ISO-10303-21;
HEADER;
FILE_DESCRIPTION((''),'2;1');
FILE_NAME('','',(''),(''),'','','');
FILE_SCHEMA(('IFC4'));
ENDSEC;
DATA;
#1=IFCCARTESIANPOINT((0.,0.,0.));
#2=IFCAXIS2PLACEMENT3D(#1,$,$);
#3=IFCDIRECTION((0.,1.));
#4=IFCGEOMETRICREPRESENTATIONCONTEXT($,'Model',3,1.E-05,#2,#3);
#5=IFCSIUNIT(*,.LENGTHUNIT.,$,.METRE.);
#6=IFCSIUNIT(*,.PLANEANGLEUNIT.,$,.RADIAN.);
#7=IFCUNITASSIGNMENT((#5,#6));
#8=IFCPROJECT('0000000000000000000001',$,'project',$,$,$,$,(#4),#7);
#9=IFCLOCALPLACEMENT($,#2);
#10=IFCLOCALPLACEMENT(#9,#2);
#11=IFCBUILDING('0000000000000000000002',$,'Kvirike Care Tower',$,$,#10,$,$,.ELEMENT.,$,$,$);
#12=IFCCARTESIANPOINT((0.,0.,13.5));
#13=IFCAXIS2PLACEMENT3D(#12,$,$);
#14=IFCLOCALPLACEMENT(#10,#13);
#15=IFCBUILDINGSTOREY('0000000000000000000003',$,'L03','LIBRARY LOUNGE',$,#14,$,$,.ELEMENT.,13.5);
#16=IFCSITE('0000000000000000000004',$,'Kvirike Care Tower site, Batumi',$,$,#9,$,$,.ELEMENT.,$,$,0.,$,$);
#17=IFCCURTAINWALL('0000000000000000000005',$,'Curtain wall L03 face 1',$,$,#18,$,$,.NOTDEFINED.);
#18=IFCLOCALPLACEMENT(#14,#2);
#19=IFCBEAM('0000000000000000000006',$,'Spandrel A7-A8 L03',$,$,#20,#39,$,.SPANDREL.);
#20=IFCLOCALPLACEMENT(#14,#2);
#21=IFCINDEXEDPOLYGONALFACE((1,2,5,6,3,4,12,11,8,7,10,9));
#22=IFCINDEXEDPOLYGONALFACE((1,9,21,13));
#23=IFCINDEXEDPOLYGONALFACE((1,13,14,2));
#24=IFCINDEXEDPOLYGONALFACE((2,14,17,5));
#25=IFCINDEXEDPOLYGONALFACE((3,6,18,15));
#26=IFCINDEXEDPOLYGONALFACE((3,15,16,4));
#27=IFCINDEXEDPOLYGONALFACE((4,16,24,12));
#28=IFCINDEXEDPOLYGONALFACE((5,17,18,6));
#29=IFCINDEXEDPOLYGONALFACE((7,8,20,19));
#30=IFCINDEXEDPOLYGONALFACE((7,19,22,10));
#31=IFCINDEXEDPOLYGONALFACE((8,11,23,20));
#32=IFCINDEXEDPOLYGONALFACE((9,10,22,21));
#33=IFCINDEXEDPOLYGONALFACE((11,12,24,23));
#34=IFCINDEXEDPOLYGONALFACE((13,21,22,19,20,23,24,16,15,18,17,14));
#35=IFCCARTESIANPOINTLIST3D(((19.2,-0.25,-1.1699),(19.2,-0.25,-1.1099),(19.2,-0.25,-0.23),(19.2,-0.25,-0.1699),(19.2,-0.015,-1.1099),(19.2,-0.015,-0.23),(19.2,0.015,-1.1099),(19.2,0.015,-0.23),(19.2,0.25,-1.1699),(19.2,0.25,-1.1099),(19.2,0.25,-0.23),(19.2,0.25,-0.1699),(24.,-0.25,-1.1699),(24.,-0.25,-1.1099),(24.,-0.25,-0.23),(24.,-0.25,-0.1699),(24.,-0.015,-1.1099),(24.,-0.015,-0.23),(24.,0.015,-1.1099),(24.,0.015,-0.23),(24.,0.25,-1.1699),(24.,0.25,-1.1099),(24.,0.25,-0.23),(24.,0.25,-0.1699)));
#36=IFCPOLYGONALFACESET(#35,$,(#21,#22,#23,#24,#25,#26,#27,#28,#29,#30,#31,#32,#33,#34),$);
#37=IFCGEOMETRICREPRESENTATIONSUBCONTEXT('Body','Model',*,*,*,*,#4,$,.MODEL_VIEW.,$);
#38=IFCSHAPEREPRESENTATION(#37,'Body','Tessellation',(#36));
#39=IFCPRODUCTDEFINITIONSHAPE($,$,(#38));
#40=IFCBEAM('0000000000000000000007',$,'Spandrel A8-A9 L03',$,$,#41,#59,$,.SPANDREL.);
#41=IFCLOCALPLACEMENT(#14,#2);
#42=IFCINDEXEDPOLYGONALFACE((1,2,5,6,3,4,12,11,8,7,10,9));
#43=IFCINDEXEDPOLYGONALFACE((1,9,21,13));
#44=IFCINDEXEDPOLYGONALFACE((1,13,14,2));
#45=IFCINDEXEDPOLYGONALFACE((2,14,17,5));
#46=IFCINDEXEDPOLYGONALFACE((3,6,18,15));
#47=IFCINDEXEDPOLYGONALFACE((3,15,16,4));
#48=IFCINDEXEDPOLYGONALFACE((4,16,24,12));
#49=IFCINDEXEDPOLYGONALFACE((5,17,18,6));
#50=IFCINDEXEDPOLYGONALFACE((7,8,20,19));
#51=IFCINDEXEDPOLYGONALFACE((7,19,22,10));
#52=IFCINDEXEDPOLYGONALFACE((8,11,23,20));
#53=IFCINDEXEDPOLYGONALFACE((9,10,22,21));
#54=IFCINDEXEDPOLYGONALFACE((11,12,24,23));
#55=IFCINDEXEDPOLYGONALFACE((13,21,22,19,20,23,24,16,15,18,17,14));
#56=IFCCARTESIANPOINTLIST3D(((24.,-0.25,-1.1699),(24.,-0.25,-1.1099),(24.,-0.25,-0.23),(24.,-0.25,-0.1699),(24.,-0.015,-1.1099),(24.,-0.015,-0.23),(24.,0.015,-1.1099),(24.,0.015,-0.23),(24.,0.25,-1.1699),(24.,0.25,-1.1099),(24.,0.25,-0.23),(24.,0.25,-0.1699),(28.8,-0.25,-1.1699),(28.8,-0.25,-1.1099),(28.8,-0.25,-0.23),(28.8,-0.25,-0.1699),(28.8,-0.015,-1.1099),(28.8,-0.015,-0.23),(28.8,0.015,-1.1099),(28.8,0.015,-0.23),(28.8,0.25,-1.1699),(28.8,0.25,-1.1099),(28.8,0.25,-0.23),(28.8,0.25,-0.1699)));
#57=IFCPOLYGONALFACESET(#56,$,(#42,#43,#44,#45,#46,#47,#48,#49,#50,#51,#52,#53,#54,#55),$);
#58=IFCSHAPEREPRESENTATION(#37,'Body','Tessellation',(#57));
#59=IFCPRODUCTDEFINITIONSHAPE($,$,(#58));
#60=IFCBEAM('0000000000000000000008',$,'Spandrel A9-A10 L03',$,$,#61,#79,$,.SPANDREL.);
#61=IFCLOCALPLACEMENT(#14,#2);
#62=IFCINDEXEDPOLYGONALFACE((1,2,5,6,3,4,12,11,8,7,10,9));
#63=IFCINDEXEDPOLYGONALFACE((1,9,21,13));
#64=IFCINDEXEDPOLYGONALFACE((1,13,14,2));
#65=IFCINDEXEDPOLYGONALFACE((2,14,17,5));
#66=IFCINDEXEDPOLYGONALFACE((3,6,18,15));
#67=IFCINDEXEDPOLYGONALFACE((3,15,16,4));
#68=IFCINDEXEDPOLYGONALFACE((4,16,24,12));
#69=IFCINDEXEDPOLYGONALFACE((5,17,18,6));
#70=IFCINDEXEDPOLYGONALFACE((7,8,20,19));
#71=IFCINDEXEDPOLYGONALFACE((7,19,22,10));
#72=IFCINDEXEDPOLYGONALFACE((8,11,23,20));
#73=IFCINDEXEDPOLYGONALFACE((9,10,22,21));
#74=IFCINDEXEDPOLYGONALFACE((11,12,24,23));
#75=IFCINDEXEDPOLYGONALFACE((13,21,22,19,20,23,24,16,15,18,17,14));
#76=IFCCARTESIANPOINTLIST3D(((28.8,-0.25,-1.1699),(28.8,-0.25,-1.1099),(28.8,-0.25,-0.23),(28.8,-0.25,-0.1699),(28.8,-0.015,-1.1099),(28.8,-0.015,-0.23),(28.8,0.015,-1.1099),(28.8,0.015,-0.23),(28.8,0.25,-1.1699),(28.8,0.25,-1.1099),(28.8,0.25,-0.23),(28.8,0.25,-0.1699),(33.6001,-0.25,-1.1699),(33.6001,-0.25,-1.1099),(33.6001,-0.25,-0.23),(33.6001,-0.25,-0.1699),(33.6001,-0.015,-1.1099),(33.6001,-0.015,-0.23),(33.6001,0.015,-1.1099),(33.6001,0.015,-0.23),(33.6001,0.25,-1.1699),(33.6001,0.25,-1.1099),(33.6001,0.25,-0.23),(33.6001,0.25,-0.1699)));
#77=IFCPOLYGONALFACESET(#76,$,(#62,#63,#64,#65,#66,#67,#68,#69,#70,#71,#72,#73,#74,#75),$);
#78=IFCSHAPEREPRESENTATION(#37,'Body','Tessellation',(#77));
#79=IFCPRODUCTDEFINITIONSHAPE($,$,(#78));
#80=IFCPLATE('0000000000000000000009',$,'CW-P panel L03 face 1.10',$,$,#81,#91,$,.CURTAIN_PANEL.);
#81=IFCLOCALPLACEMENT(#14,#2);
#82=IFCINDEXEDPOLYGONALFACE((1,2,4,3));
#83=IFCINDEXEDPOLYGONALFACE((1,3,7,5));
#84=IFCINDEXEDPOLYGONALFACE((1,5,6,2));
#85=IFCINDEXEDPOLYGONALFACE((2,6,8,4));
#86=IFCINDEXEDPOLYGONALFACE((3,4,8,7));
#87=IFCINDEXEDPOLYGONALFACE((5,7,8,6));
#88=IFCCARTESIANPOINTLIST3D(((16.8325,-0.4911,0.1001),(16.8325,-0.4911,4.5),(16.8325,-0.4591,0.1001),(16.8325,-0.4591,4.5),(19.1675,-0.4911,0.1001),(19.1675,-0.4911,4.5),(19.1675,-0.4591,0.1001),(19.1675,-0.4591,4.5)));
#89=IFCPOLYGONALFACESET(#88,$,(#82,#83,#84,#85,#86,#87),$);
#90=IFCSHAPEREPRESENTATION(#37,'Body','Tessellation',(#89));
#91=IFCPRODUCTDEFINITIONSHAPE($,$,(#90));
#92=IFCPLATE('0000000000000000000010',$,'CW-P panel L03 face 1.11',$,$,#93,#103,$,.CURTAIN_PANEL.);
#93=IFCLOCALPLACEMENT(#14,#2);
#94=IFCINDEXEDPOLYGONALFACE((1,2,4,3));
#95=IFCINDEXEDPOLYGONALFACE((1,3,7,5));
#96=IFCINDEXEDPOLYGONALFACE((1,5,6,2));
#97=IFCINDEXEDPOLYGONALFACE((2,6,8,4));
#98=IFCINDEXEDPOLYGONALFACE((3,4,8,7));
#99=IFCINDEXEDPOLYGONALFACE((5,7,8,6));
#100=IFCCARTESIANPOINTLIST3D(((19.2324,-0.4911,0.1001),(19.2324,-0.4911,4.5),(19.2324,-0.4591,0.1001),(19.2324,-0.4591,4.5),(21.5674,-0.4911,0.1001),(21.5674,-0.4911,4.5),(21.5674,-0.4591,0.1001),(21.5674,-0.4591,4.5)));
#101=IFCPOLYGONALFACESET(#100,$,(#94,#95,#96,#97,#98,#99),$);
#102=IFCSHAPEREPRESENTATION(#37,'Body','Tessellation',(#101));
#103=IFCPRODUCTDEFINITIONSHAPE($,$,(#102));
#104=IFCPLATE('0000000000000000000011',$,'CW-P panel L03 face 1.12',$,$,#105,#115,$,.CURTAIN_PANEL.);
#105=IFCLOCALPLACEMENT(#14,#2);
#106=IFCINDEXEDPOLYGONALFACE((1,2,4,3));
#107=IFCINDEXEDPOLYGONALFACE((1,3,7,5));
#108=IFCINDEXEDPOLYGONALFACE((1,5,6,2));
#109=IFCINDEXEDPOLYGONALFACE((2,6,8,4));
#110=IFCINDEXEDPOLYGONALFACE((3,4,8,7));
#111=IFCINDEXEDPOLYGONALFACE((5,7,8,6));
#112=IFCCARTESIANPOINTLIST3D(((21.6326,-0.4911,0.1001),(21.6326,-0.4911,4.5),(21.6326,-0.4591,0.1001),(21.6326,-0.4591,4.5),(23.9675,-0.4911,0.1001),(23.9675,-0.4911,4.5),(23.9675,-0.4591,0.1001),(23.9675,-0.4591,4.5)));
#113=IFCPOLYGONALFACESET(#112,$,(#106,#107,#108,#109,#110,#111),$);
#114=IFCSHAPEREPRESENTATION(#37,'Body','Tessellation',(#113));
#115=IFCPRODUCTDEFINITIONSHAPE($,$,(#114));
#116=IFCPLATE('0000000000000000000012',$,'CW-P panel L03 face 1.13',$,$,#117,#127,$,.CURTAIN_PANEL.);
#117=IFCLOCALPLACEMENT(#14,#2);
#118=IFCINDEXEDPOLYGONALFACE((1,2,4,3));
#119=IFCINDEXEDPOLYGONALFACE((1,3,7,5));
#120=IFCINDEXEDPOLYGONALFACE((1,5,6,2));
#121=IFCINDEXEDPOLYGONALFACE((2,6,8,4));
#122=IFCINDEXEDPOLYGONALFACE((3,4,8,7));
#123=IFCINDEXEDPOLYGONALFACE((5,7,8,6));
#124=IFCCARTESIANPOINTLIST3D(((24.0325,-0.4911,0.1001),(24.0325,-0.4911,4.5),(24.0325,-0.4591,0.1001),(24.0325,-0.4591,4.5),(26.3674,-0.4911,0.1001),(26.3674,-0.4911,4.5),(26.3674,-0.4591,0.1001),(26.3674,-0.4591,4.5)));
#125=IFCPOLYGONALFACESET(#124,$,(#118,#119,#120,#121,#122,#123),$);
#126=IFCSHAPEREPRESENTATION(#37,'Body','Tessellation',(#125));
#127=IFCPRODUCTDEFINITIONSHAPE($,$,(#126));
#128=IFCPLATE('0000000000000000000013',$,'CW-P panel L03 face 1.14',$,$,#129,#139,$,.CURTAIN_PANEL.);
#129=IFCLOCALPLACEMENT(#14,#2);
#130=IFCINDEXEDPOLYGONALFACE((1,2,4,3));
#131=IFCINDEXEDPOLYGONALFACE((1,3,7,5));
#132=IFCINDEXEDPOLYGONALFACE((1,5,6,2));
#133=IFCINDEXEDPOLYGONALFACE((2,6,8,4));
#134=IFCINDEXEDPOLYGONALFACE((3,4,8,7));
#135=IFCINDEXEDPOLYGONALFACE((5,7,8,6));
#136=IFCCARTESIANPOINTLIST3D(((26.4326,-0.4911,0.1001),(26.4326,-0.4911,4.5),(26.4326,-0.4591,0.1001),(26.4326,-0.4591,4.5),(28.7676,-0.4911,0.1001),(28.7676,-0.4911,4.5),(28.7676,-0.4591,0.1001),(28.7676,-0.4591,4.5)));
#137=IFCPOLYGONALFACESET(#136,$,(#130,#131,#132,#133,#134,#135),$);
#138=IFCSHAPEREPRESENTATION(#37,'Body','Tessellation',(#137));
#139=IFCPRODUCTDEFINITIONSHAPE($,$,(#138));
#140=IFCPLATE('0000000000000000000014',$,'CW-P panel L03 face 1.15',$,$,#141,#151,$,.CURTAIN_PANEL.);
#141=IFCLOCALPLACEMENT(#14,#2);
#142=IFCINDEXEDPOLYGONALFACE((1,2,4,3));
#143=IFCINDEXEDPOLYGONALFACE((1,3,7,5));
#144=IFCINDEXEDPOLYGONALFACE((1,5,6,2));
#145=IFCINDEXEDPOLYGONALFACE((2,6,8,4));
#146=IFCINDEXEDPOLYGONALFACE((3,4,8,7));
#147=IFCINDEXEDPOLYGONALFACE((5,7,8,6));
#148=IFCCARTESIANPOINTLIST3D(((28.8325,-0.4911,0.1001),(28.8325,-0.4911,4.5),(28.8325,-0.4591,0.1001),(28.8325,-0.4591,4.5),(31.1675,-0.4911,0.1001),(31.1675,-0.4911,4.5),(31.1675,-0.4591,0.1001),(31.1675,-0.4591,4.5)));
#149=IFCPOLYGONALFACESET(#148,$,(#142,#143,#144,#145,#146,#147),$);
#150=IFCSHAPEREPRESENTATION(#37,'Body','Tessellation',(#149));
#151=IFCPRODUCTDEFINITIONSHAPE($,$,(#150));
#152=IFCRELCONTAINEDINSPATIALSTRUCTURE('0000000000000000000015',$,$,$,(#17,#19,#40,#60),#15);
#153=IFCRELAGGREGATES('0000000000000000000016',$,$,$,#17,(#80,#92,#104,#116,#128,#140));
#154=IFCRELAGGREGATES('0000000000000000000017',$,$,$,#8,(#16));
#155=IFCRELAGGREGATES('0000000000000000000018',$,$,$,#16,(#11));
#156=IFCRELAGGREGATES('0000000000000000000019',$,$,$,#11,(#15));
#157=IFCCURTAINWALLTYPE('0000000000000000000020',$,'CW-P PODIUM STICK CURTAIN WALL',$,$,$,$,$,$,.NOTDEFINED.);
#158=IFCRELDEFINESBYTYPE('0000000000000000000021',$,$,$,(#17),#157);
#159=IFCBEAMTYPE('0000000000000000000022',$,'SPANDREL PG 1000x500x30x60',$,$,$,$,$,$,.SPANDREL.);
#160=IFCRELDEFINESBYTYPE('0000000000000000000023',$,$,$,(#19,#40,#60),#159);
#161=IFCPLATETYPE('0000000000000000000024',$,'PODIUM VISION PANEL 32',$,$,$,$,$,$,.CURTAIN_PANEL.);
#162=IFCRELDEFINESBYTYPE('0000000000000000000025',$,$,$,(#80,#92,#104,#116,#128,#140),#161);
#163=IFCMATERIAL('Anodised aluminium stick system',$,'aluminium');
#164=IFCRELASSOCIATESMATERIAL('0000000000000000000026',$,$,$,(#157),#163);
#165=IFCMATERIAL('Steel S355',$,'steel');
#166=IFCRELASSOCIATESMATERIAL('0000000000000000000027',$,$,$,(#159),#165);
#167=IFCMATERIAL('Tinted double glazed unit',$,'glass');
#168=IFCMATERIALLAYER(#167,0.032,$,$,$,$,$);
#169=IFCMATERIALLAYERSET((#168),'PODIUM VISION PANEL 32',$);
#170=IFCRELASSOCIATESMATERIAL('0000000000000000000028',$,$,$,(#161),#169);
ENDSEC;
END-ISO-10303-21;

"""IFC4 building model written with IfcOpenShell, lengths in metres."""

from ifc_helpers import new_model, si_unit, direction, frame, origin, origin_2d, place, context, subcontext, project, spatial, rectangle, i_section, extrude, material, layer, layer_set, material_profile, profile_set, type_object, element, aggregate, save


model = new_model("IFC4")

# Units and contexts
model_context = context("Model", 3, precision=1e-05, world=origin(), true_north=direction((0.0, 1.0)))
body_context = subcontext(model_context, "Body", "Model", "MODEL_VIEW")
ifc_project = project(units=[si_unit("LENGTHUNIT", "METRE"), si_unit("PLANEANGLEUNIT", "RADIAN")], contexts=[model_context])

# Site, building, storey
site_placement = place(None, origin())
site = spatial("IfcSite", under=ifc_project, at=site_placement, Name="Kvirike Care Tower site, Batumi", CompositionType="ELEMENT", RefElevation=0.0)
building_placement = place(site_placement, origin())
building = spatial("IfcBuilding", under=site, at=building_placement, Name="Kvirike Care Tower", CompositionType="ELEMENT")
storey_placement = place(building_placement, frame((0.0, 0.0, 13.5)))
storey = spatial("IfcBuildingStorey", under=building, at=storey_placement, Name="L03", Description="LIBRARY LOUNGE", CompositionType="ELEMENT", Elevation=13.5)

# Curtain wall
ifc_material_1 = material(Name="Anodised aluminium stick system", Category="aluminium")
curtain_wall_type = type_object("IfcCurtainWallType", Name="CW-P PODIUM STICK CURTAIN WALL", PredefinedType="NOTDEFINED", material=ifc_material_1)
curtain_wall_placement = place(storey_placement, origin())
curtain_wall = element("IfcCurtainWall", 1, at=curtain_wall_placement, inside=storey, type_object=curtain_wall_type, Name="Curtain wall L03 face 1", PredefinedType="NOTDEFINED")

# Beams
ifc_material_2 = material(Name="Steel S355", Category="steel")
ifc_material_profile_1 = material_profile(ifc_material_2, i_section(OverallWidth=0.5, OverallDepth=1.0, WebThickness=0.03, FlangeThickness=0.0601, at=origin_2d()), Name="PG 1000x500x30x60")
ifc_profile_set_1 = profile_set([ifc_material_profile_1], Name="Steel S355")
beam_type_1 = type_object("IfcBeamType", Name="SPANDREL PG 1000x500x30x60", PredefinedType="SPANDREL", material=ifc_profile_set_1)
for number, where, z_axis, x_axis, name in (
    (2, (19.2, 0.0, -0.6699), (1.0, 0.0, 0.0), (0.0, 1.0, 0.0), "Spandrel A7-A8 L03"),
    (3, (24.0, 0.0, -0.6699), (1.0, 0.0, 0.0), (0.0, 1.0, 0.0), "Spandrel A8-A9 L03"),
    (4, (28.8, 0.0, -0.6699), (1.0, 0.0, 0.0), (0.0, 1.0, 0.0), "Spandrel A9-A10 L03"),
):
    element("IfcBeam", number, at=place(storey_placement, frame(where, z_axis=z_axis, x_axis=x_axis)), inside=storey, type_object=beam_type_1, Name=name, PredefinedType="SPANDREL", context=body_context, shape_type="SweptSolid", body=[
        extrude(i_section(OverallWidth=0.5, OverallDepth=1.0, WebThickness=0.03, FlangeThickness=0.0601, at=origin_2d()), origin(), (0.0, 0.0, 1.0), 4.8),
    ])

# Plates
ifc_material_3 = material(Name="Tinted double glazed unit", Category="glass")
ifc_layer = layer(ifc_material_3, 0.032)
ifc_layer_set = layer_set([ifc_layer], Name="PODIUM VISION PANEL 32")
plate_type = type_object("IfcPlateType", Name="PODIUM VISION PANEL 32", PredefinedType="CURTAIN_PANEL", material=ifc_layer_set)
plate_1_placement = place(storey_placement, frame((18.0, -0.4751, 0.1001), z_axis=(0.0, 0.0, 1.0), x_axis=(1.0, 0.0, 0.0)))
plate_1 = element("IfcPlate", 5, at=plate_1_placement, type_object=plate_type, Name="CW-P panel L03 face 1.10", PredefinedType="CURTAIN_PANEL", context=body_context, shape_type="SweptSolid", body=[
    extrude(rectangle(XDim=2.335, YDim=0.032, at=origin_2d()), origin(), (0.0, 0.0, 1.0), 4.3999),
])
plate_2_placement = place(storey_placement, frame((20.3999, -0.4751, 0.1001), z_axis=(0.0, 0.0, 1.0), x_axis=(1.0, 0.0, 0.0)))
plate_2 = element("IfcPlate", 6, at=plate_2_placement, type_object=plate_type, Name="CW-P panel L03 face 1.11", PredefinedType="CURTAIN_PANEL", context=body_context, shape_type="SweptSolid", body=[
    extrude(rectangle(XDim=2.335, YDim=0.032, at=origin_2d()), origin(), (0.0, 0.0, 1.0), 4.3999),
])
plate_3_placement = place(storey_placement, frame((22.8, -0.4751, 0.1001), z_axis=(0.0, 0.0, 1.0), x_axis=(1.0, 0.0, 0.0)))
plate_3 = element("IfcPlate", 7, at=plate_3_placement, type_object=plate_type, Name="CW-P panel L03 face 1.12", PredefinedType="CURTAIN_PANEL", context=body_context, shape_type="SweptSolid", body=[
    extrude(rectangle(XDim=2.335, YDim=0.032, at=origin_2d()), origin(), (0.0, 0.0, 1.0), 4.3999),
])
plate_4_placement = place(storey_placement, frame((25.2, -0.4751, 0.1001), z_axis=(0.0, 0.0, 1.0), x_axis=(1.0, 0.0, 0.0)))
plate_4 = element("IfcPlate", 8, at=plate_4_placement, type_object=plate_type, Name="CW-P panel L03 face 1.13", PredefinedType="CURTAIN_PANEL", context=body_context, shape_type="SweptSolid", body=[
    extrude(rectangle(XDim=2.335, YDim=0.032, at=origin_2d()), origin(), (0.0, 0.0, 1.0), 4.3999),
])
plate_5_placement = place(storey_placement, frame((27.6001, -0.4751, 0.1001), z_axis=(0.0, 0.0, 1.0), x_axis=(1.0, 0.0, 0.0)))
plate_5 = element("IfcPlate", 9, at=plate_5_placement, type_object=plate_type, Name="CW-P panel L03 face 1.14", PredefinedType="CURTAIN_PANEL", context=body_context, shape_type="SweptSolid", body=[
    extrude(rectangle(XDim=2.335, YDim=0.032, at=origin_2d()), origin(), (0.0, 0.0, 1.0), 4.3999),
])
plate_6_placement = place(storey_placement, frame((30.0, -0.4751, 0.1001), z_axis=(0.0, 0.0, 1.0), x_axis=(1.0, 0.0, 0.0)))
plate_6 = element("IfcPlate", 10, at=plate_6_placement, type_object=plate_type, Name="CW-P panel L03 face 1.15", PredefinedType="CURTAIN_PANEL", context=body_context, shape_type="SweptSolid", body=[
    extrude(rectangle(XDim=2.335, YDim=0.032, at=origin_2d()), origin(), (0.0, 0.0, 1.0), 4.3999),
])
aggregate(curtain_wall, [plate_1, plate_2, plate_3, plate_4, plate_5, plate_6])

save(model, "model.ifc")
